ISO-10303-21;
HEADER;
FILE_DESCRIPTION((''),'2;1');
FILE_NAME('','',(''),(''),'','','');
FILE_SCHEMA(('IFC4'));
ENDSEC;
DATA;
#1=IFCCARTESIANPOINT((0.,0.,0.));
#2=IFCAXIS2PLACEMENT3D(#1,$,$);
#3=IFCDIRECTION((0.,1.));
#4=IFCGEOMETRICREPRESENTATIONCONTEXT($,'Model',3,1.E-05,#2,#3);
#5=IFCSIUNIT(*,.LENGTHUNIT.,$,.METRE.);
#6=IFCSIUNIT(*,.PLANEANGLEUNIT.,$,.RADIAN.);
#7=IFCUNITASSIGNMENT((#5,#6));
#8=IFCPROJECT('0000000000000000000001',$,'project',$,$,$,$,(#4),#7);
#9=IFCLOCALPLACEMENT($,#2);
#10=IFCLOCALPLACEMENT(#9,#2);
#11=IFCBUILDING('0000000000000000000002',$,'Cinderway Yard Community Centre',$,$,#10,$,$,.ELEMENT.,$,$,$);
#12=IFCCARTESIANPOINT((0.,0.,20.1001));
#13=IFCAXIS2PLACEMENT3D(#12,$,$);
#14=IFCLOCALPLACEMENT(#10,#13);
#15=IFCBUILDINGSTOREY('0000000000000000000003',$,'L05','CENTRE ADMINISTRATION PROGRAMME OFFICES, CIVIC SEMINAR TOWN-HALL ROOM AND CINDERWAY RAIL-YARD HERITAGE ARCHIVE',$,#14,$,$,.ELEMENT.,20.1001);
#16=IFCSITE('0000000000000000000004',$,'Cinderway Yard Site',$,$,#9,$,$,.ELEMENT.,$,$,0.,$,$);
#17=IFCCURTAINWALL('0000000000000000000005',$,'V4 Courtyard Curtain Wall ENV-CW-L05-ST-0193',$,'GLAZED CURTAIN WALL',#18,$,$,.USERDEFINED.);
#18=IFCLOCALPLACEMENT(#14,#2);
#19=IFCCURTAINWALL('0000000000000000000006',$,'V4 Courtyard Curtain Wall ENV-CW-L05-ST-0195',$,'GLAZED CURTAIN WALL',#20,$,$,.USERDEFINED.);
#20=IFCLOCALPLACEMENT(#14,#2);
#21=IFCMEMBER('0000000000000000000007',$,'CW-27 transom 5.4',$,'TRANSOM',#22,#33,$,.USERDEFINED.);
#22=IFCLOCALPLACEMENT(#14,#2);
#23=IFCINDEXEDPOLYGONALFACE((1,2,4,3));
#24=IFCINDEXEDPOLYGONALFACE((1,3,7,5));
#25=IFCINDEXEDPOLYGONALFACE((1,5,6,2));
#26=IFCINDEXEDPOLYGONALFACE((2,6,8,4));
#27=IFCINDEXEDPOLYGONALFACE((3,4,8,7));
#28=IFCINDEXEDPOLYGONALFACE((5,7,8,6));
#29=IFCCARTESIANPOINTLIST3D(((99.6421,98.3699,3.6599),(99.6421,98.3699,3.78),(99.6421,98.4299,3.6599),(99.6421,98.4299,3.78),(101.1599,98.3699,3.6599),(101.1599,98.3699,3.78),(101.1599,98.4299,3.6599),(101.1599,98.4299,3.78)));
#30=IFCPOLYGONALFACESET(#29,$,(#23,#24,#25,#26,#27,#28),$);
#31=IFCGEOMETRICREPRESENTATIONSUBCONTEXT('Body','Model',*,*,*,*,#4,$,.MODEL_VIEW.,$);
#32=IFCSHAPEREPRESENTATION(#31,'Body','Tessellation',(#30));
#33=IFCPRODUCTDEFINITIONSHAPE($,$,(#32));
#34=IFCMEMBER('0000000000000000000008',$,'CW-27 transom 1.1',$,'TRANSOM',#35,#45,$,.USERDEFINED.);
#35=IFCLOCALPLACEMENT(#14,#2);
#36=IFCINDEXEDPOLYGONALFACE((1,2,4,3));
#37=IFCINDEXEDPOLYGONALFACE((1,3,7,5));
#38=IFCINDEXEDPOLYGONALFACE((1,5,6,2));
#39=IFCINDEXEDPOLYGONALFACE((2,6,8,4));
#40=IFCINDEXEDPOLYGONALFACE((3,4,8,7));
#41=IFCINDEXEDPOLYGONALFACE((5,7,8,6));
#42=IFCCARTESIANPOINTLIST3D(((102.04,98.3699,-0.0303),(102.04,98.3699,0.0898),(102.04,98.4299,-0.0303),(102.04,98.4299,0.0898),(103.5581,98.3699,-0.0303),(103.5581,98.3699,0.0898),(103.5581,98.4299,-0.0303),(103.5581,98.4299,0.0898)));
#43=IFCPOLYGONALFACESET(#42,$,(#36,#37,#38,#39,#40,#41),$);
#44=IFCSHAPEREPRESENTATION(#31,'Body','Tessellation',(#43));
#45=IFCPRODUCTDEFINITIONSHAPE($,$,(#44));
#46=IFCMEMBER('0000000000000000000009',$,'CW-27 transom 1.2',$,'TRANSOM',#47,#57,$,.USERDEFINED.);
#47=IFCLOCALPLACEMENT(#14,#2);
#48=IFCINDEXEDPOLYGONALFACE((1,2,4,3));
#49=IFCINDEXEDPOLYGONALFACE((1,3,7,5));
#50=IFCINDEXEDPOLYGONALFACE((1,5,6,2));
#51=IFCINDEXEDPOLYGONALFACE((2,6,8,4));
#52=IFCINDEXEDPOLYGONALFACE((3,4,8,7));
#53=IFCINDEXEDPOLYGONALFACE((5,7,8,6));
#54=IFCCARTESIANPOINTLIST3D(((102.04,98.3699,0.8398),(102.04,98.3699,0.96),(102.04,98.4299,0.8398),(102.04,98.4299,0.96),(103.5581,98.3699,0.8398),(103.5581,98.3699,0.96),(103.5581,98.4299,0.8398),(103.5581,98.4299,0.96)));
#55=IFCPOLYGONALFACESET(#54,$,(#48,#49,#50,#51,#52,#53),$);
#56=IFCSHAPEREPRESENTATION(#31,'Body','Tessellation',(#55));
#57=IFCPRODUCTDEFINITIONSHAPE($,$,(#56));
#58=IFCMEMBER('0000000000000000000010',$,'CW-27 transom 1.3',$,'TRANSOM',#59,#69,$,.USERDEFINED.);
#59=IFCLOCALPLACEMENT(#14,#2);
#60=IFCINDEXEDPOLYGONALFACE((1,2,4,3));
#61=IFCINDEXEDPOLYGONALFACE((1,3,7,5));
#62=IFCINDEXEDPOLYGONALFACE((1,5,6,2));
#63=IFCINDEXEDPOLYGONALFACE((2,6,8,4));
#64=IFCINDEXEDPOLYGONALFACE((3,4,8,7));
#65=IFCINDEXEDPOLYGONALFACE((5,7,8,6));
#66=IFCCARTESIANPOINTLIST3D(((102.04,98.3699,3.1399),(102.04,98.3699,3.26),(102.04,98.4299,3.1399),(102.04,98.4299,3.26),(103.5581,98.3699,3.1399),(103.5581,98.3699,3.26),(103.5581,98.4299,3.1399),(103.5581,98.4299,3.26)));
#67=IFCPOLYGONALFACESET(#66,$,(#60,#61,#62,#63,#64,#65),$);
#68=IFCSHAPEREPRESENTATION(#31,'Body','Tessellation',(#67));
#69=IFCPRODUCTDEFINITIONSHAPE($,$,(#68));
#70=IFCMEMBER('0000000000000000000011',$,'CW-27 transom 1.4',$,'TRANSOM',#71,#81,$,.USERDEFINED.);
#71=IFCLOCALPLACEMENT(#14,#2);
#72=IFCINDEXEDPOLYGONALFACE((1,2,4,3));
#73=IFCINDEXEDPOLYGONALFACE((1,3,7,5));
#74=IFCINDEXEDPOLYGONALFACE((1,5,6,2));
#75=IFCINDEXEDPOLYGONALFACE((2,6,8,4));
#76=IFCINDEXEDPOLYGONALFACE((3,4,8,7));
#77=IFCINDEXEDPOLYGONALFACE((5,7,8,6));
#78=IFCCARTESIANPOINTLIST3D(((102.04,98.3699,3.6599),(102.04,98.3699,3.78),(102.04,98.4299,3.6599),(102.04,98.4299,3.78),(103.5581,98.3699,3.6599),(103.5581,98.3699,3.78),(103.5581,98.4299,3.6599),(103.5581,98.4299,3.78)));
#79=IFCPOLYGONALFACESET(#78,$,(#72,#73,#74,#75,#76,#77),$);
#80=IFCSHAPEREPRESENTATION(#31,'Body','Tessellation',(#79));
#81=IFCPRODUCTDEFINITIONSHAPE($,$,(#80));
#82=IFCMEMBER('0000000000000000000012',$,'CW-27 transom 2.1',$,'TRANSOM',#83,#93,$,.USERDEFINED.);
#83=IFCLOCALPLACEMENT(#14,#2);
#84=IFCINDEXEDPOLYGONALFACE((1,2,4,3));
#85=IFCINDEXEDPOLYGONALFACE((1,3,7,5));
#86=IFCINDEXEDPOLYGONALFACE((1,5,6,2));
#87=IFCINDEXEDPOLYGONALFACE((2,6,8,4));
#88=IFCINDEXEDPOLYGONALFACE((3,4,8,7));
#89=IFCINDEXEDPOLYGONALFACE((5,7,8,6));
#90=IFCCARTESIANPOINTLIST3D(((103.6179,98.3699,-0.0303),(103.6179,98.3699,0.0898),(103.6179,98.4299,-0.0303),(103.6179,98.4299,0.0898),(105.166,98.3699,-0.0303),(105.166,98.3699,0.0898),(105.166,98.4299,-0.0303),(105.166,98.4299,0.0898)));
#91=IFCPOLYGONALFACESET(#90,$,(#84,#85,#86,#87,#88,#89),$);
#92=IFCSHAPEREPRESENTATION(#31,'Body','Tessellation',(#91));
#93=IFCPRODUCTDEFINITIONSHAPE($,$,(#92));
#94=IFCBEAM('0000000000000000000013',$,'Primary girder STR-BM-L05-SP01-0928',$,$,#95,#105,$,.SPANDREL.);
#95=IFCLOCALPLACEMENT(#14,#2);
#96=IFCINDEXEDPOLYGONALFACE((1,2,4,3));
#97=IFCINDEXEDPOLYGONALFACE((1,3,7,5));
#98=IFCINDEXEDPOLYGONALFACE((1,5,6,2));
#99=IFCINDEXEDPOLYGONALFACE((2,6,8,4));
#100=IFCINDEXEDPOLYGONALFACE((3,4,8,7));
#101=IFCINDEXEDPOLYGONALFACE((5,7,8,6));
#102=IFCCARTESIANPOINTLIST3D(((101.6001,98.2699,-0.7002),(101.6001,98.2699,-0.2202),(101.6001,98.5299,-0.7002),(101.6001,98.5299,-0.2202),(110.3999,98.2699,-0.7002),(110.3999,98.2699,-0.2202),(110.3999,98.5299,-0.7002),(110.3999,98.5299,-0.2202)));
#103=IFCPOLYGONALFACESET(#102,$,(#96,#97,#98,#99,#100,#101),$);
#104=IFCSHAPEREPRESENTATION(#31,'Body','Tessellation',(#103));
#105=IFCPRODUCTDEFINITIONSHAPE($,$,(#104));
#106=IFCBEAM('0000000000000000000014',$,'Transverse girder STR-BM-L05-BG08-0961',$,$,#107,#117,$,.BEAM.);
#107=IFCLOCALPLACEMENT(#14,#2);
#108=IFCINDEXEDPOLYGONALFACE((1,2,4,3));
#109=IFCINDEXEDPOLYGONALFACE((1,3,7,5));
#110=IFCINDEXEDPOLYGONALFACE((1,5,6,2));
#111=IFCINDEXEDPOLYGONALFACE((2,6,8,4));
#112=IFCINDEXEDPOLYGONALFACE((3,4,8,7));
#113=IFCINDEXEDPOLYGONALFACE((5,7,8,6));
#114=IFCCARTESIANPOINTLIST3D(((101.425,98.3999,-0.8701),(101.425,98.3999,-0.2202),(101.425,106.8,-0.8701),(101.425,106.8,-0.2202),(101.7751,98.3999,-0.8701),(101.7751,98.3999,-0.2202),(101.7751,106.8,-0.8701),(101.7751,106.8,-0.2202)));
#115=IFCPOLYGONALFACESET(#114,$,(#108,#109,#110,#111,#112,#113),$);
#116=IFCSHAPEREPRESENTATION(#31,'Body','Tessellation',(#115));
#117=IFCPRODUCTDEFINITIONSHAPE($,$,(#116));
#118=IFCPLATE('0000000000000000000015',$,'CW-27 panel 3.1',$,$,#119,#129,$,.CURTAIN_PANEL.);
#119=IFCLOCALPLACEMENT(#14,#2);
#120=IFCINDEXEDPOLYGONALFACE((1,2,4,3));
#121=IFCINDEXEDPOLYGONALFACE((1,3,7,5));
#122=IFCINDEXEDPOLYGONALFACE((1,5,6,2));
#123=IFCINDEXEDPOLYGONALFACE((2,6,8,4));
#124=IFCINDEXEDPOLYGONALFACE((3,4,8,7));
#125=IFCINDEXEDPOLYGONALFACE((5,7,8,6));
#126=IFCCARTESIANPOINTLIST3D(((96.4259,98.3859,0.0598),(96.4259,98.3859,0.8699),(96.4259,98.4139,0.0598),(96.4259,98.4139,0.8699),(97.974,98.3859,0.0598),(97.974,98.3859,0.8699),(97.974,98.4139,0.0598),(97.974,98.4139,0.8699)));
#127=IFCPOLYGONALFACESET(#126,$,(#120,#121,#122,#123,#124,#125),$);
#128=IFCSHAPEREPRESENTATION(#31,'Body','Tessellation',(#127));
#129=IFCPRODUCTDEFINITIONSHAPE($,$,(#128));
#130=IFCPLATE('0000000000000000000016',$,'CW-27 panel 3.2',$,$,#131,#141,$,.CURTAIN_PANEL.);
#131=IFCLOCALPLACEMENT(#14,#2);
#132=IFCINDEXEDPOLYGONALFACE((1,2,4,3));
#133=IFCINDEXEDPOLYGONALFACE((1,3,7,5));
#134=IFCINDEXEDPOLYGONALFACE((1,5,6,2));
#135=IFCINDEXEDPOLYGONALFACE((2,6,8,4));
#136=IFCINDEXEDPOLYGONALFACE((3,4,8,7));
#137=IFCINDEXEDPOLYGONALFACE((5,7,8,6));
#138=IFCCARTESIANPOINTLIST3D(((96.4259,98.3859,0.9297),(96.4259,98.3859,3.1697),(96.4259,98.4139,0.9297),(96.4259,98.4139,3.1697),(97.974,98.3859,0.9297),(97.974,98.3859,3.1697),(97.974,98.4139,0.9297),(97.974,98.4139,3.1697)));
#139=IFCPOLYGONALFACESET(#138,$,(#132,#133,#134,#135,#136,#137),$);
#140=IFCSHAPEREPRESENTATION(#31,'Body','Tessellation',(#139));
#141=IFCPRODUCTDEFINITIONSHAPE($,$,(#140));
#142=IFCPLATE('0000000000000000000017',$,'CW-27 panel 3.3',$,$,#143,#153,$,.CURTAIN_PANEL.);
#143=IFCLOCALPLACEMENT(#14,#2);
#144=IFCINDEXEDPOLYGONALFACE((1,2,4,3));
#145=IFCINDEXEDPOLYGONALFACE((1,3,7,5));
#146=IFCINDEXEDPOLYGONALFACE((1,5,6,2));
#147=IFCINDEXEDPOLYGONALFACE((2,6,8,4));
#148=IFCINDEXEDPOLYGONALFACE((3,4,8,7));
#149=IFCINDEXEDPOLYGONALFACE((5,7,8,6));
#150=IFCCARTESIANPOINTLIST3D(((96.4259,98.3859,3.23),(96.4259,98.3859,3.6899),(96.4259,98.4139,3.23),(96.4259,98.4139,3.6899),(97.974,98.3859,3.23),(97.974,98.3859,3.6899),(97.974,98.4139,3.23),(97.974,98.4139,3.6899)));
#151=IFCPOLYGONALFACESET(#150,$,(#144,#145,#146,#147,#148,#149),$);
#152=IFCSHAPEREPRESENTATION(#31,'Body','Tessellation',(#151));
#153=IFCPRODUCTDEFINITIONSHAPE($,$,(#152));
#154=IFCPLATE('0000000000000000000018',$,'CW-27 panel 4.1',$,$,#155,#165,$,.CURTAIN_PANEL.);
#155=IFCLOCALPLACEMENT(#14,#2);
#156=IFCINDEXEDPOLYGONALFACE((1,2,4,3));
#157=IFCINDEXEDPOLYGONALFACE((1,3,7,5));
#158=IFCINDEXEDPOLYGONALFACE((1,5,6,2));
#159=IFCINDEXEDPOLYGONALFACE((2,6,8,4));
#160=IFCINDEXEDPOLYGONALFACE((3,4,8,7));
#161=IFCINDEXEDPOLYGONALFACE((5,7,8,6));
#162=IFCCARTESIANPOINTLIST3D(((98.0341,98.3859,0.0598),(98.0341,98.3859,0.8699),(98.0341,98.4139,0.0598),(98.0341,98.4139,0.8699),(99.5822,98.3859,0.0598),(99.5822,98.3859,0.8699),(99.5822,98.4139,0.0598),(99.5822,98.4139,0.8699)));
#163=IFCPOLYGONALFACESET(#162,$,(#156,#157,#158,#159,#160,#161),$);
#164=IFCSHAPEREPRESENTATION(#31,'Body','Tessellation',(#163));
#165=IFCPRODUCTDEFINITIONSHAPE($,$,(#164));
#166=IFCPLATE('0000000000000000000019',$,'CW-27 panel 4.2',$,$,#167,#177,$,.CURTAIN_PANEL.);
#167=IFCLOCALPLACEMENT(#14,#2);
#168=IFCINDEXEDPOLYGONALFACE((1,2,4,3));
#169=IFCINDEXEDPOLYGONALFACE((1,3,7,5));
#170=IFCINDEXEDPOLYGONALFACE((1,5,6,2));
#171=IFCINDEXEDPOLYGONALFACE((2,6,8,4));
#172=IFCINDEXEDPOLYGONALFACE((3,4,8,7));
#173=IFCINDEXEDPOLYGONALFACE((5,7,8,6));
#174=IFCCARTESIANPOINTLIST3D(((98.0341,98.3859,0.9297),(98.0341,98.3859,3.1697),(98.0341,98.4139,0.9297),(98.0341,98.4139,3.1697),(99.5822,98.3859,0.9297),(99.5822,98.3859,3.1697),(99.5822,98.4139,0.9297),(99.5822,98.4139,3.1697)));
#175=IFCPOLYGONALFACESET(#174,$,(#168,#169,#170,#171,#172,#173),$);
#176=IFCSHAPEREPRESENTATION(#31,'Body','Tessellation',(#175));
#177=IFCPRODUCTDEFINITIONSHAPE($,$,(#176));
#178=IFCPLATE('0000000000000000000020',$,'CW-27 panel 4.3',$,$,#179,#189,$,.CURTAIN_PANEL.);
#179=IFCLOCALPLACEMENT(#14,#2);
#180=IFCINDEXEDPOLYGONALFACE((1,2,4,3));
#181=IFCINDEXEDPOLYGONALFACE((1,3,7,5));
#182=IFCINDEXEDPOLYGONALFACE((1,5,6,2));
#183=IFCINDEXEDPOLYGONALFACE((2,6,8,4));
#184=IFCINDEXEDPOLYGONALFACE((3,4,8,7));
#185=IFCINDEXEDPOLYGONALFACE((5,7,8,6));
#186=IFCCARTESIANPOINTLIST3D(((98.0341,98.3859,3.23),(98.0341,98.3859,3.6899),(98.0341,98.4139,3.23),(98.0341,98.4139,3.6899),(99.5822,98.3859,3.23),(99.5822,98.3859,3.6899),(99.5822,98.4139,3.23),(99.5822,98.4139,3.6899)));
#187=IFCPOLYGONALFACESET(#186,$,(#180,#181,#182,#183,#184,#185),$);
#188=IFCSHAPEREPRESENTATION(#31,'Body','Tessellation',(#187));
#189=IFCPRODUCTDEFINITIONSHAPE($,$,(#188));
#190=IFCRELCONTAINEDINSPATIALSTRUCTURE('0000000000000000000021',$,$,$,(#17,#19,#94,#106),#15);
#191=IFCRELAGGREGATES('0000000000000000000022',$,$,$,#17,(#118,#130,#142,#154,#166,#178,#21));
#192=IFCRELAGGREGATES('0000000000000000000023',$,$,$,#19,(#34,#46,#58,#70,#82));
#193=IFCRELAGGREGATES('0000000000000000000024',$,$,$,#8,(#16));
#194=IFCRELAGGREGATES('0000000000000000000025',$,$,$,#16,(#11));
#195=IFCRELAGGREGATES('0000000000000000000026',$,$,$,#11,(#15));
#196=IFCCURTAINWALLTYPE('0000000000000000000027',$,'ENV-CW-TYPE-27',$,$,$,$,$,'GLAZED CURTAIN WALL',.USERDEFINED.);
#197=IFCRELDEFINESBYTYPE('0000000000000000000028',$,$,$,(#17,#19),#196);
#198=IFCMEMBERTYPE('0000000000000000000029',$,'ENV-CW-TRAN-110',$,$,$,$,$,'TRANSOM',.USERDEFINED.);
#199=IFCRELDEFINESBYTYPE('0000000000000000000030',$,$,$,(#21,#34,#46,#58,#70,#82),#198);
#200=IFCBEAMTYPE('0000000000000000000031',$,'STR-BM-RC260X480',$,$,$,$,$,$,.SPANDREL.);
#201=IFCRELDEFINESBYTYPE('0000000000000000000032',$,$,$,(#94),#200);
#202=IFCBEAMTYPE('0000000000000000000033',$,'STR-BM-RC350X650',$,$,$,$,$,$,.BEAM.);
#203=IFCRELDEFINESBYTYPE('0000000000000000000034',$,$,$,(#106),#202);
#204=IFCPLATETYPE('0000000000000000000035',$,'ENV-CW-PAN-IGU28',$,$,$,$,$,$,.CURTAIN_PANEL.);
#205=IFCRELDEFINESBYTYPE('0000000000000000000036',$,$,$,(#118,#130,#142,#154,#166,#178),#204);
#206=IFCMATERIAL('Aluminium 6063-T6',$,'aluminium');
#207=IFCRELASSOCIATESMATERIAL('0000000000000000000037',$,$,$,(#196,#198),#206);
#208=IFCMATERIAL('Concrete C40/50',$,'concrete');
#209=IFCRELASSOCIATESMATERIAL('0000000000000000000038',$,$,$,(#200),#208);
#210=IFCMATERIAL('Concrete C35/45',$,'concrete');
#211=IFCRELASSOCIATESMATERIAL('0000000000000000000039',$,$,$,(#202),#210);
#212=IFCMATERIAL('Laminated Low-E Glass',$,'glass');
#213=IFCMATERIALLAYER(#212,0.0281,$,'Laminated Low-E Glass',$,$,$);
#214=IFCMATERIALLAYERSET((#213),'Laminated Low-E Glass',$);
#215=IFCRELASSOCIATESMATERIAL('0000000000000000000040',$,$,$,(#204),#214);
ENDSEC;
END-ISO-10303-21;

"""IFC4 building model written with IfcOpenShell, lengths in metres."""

from ifc_helpers import new_model, si_unit, direction, frame, origin, origin_2d, place, context, subcontext, project, spatial, rectangle, extrude, material, layer, layer_set, material_profile, profile_set, type_object, element, aggregate, save


model = new_model("IFC4")

# Units and contexts
model_context = context("Model", 3, precision=1e-05, world=origin(), true_north=direction((0.0, 1.0)))
body_context = subcontext(model_context, "Body", "Model", "MODEL_VIEW")
ifc_project = project(units=[si_unit("LENGTHUNIT", "METRE"), si_unit("PLANEANGLEUNIT", "RADIAN")], contexts=[model_context])

# Site, building, storey
site_placement = place(None, origin())
site = spatial("IfcSite", under=ifc_project, at=site_placement, Name="Cinderway Yard Site", CompositionType="ELEMENT", RefElevation=0.0)
building_placement = place(site_placement, origin())
building = spatial("IfcBuilding", under=site, at=building_placement, Name="Cinderway Yard Community Centre", CompositionType="ELEMENT")
storey_placement = place(building_placement, frame((0.0, 0.0, 20.1001)))
storey = spatial("IfcBuildingStorey", under=building, at=storey_placement, Name="L05", Description="CENTRE ADMINISTRATION PROGRAMME OFFICES, CIVIC SEMINAR TOWN-HALL ROOM AND CINDERWAY RAIL-YARD HERITAGE ARCHIVE", CompositionType="ELEMENT", Elevation=20.1001)

# Shared definitions
ifc_material_1 = material(Name="Concrete C40/50", Category="concrete")

# Curtain walls
ifc_material_2 = material(Name="Aluminium 6063-T6", Category="aluminium")
curtain_wall_type = type_object("IfcCurtainWallType", Name="ENV-CW-TYPE-27", ElementType="GLAZED CURTAIN WALL", PredefinedType="USERDEFINED", material=ifc_material_2)
curtain_wall_1_placement = place(storey_placement, origin())
curtain_wall_1 = element("IfcCurtainWall", 1, at=curtain_wall_1_placement, inside=storey, type_object=curtain_wall_type, Name="V4 Courtyard Curtain Wall ENV-CW-L05-ST-0193", ObjectType="GLAZED CURTAIN WALL", PredefinedType="USERDEFINED")
curtain_wall_2_placement = place(storey_placement, origin())
curtain_wall_2 = element("IfcCurtainWall", 2, at=curtain_wall_2_placement, inside=storey, type_object=curtain_wall_type, Name="V4 Courtyard Curtain Wall ENV-CW-L05-ST-0195", ObjectType="GLAZED CURTAIN WALL", PredefinedType="USERDEFINED")

# Members
ifc_material_profile_1 = material_profile(ifc_material_2, rectangle(XDim=0.0601, YDim=0.1201, at=origin_2d()), Name="Aluminium 6063-T6")
ifc_profile_set_1 = profile_set([ifc_material_profile_1], Name="Aluminium 6063-T6")
member_type_1 = type_object("IfcMemberType", Name="ENV-CW-TRAN-110", ElementType="TRANSOM", PredefinedType="USERDEFINED", material=ifc_profile_set_1)
member_1_placement = place(storey_placement, frame((99.6421, 98.3999, 3.72), z_axis=(1.0, 0.0, 0.0), x_axis=(0.0, 1.0, 0.0)))
member_1 = element("IfcMember", 3, at=member_1_placement, type_object=member_type_1, Name="CW-27 transom 5.4", ObjectType="TRANSOM", PredefinedType="USERDEFINED", context=body_context, shape_type="SweptSolid", body=[
    extrude(rectangle(XDim=0.0601, YDim=0.1201, at=origin_2d()), origin(), (0.0, 0.0, 1.0), 1.5178),
])
member_2_placement = place(storey_placement, frame((102.04, 98.3999, 0.0298), z_axis=(1.0, 0.0, 0.0), x_axis=(0.0, 1.0, 0.0)))
member_2 = element("IfcMember", 4, at=member_2_placement, type_object=member_type_1, Name="CW-27 transom 1.1", ObjectType="TRANSOM", PredefinedType="USERDEFINED", context=body_context, shape_type="SweptSolid", body=[
    extrude(rectangle(XDim=0.0601, YDim=0.1201, at=origin_2d()), origin(), (0.0, 0.0, 1.0), 1.5181),
])
member_3_placement = place(storey_placement, frame((102.04, 98.3999, 0.8999), z_axis=(1.0, 0.0, 0.0), x_axis=(0.0, 1.0, 0.0)))
member_3 = element("IfcMember", 5, at=member_3_placement, type_object=member_type_1, Name="CW-27 transom 1.2", ObjectType="TRANSOM", PredefinedType="USERDEFINED", context=body_context, shape_type="SweptSolid", body=[
    extrude(rectangle(XDim=0.0601, YDim=0.1201, at=origin_2d()), origin(), (0.0, 0.0, 1.0), 1.5181),
])
member_4_placement = place(storey_placement, frame((102.04, 98.3999, 3.2), z_axis=(1.0, 0.0, 0.0), x_axis=(0.0, 1.0, 0.0)))
member_4 = element("IfcMember", 6, at=member_4_placement, type_object=member_type_1, Name="CW-27 transom 1.3", ObjectType="TRANSOM", PredefinedType="USERDEFINED", context=body_context, shape_type="SweptSolid", body=[
    extrude(rectangle(XDim=0.0601, YDim=0.1201, at=origin_2d()), origin(), (0.0, 0.0, 1.0), 1.5181),
])
member_5_placement = place(storey_placement, frame((102.04, 98.3999, 3.72), z_axis=(1.0, 0.0, 0.0), x_axis=(0.0, 1.0, 0.0)))
member_5 = element("IfcMember", 7, at=member_5_placement, type_object=member_type_1, Name="CW-27 transom 1.4", ObjectType="TRANSOM", PredefinedType="USERDEFINED", context=body_context, shape_type="SweptSolid", body=[
    extrude(rectangle(XDim=0.0601, YDim=0.1201, at=origin_2d()), origin(), (0.0, 0.0, 1.0), 1.5181),
])
member_6_placement = place(storey_placement, frame((103.6179, 98.3999, 0.0298), z_axis=(1.0, 0.0, 0.0), x_axis=(0.0, 1.0, 0.0)))
member_6 = element("IfcMember", 8, at=member_6_placement, type_object=member_type_1, Name="CW-27 transom 2.1", ObjectType="TRANSOM", PredefinedType="USERDEFINED", context=body_context, shape_type="SweptSolid", body=[
    extrude(rectangle(XDim=0.0601, YDim=0.1201, at=origin_2d()), origin(), (0.0, 0.0, 1.0), 1.5481),
])

# Beams
ifc_material_profile_2 = material_profile(ifc_material_1, rectangle(XDim=0.26, YDim=0.48, at=origin_2d()), Name="Concrete C40/50")
ifc_profile_set_2 = profile_set([ifc_material_profile_2], Name="Concrete C40/50")
beam_type_1 = type_object("IfcBeamType", Name="STR-BM-RC260X480", PredefinedType="SPANDREL", material=ifc_profile_set_2)
beam_1_placement = place(storey_placement, frame((101.6001, 98.3999, -0.4602), z_axis=(1.0, 0.0, 0.0), x_axis=(0.0, 1.0, 0.0)))
element("IfcBeam", 9, at=beam_1_placement, inside=storey, type_object=beam_type_1, Name="Primary girder STR-BM-L05-SP01-0928", PredefinedType="SPANDREL", context=body_context, shape_type="SweptSolid", body=[
    extrude(rectangle(XDim=0.26, YDim=0.48, at=origin_2d()), origin(), (0.0, 0.0, 1.0), 8.7998),
])
ifc_material_3 = material(Name="Concrete C35/45", Category="concrete")
ifc_material_profile_3 = material_profile(ifc_material_3, rectangle(XDim=0.3501, YDim=0.6499, at=origin_2d()), Name="Concrete C35/45")
ifc_profile_set_3 = profile_set([ifc_material_profile_3], Name="Concrete C35/45")
beam_type_2 = type_object("IfcBeamType", Name="STR-BM-RC350X650", PredefinedType="BEAM", material=ifc_profile_set_3)
beam_2_placement = place(storey_placement, frame((101.6001, 98.3999, -0.5452), z_axis=(0.0, 1.0, 0.0), x_axis=(-1.0, 0.0, 0.0)))
element("IfcBeam", 10, at=beam_2_placement, inside=storey, type_object=beam_type_2, Name="Transverse girder STR-BM-L05-BG08-0961", PredefinedType="BEAM", context=body_context, shape_type="SweptSolid", body=[
    extrude(rectangle(XDim=0.3501, YDim=0.6499, at=origin_2d()), origin(), (0.0, 0.0, 1.0), 8.4001),
])

# Plates
ifc_material_4 = material(Name="Laminated Low-E Glass", Category="glass")
ifc_layer = layer(ifc_material_4, 0.0281, Name="Laminated Low-E Glass")
ifc_layer_set = layer_set([ifc_layer], Name="Laminated Low-E Glass")
plate_type = type_object("IfcPlateType", Name="ENV-CW-PAN-IGU28", PredefinedType="CURTAIN_PANEL", material=ifc_layer_set)
plate_1_placement = place(storey_placement, frame((97.2, 98.3999, 0.0598), z_axis=(0.0, 0.0, 1.0), x_axis=(1.0, 0.0, 0.0)))
plate_1 = element("IfcPlate", 11, at=plate_1_placement, type_object=plate_type, Name="CW-27 panel 3.1", PredefinedType="CURTAIN_PANEL", context=body_context, shape_type="SweptSolid", body=[
    extrude(rectangle(XDim=1.5481, YDim=0.0281, at=origin_2d()), origin(), (0.0, 0.0, 1.0), 0.8101),
])
plate_2_placement = place(storey_placement, frame((97.2, 98.3999, 0.9297), z_axis=(0.0, 0.0, 1.0), x_axis=(1.0, 0.0, 0.0)))
plate_2 = element("IfcPlate", 12, at=plate_2_placement, type_object=plate_type, Name="CW-27 panel 3.2", PredefinedType="CURTAIN_PANEL", context=body_context, shape_type="SweptSolid", body=[
    extrude(rectangle(XDim=1.5481, YDim=0.0281, at=origin_2d()), origin(), (0.0, 0.0, 1.0), 2.24),
])
plate_3_placement = place(storey_placement, frame((97.2, 98.3999, 3.23), z_axis=(0.0, 0.0, 1.0), x_axis=(1.0, 0.0, 0.0)))
plate_3 = element("IfcPlate", 13, at=plate_3_placement, type_object=plate_type, Name="CW-27 panel 3.3", PredefinedType="CURTAIN_PANEL", context=body_context, shape_type="SweptSolid", body=[
    extrude(rectangle(XDim=1.5481, YDim=0.0281, at=origin_2d()), origin(), (0.0, 0.0, 1.0), 0.46),
])
plate_4_placement = place(storey_placement, frame((98.8081, 98.3999, 0.0598), z_axis=(0.0, 0.0, 1.0), x_axis=(1.0, 0.0, 0.0)))
plate_4 = element("IfcPlate", 14, at=plate_4_placement, type_object=plate_type, Name="CW-27 panel 4.1", PredefinedType="CURTAIN_PANEL", context=body_context, shape_type="SweptSolid", body=[
    extrude(rectangle(XDim=1.5481, YDim=0.0281, at=origin_2d()), origin(), (0.0, 0.0, 1.0), 0.8101),
])
plate_5_placement = place(storey_placement, frame((98.8081, 98.3999, 0.9297), z_axis=(0.0, 0.0, 1.0), x_axis=(1.0, 0.0, 0.0)))
plate_5 = element("IfcPlate", 15, at=plate_5_placement, type_object=plate_type, Name="CW-27 panel 4.2", PredefinedType="CURTAIN_PANEL", context=body_context, shape_type="SweptSolid", body=[
    extrude(rectangle(XDim=1.5481, YDim=0.0281, at=origin_2d()), origin(), (0.0, 0.0, 1.0), 2.24),
])
plate_6_placement = place(storey_placement, frame((98.8081, 98.3999, 3.23), z_axis=(0.0, 0.0, 1.0), x_axis=(1.0, 0.0, 0.0)))
plate_6 = element("IfcPlate", 16, at=plate_6_placement, type_object=plate_type, Name="CW-27 panel 4.3", PredefinedType="CURTAIN_PANEL", context=body_context, shape_type="SweptSolid", body=[
    extrude(rectangle(XDim=1.5481, YDim=0.0281, at=origin_2d()), origin(), (0.0, 0.0, 1.0), 0.46),
])
aggregate(curtain_wall_1, [plate_1, plate_2, plate_3, plate_4, plate_5, plate_6, member_1])
aggregate(curtain_wall_2, [member_2, member_3, member_4, member_5, member_6])

save(model, "model.ifc")
